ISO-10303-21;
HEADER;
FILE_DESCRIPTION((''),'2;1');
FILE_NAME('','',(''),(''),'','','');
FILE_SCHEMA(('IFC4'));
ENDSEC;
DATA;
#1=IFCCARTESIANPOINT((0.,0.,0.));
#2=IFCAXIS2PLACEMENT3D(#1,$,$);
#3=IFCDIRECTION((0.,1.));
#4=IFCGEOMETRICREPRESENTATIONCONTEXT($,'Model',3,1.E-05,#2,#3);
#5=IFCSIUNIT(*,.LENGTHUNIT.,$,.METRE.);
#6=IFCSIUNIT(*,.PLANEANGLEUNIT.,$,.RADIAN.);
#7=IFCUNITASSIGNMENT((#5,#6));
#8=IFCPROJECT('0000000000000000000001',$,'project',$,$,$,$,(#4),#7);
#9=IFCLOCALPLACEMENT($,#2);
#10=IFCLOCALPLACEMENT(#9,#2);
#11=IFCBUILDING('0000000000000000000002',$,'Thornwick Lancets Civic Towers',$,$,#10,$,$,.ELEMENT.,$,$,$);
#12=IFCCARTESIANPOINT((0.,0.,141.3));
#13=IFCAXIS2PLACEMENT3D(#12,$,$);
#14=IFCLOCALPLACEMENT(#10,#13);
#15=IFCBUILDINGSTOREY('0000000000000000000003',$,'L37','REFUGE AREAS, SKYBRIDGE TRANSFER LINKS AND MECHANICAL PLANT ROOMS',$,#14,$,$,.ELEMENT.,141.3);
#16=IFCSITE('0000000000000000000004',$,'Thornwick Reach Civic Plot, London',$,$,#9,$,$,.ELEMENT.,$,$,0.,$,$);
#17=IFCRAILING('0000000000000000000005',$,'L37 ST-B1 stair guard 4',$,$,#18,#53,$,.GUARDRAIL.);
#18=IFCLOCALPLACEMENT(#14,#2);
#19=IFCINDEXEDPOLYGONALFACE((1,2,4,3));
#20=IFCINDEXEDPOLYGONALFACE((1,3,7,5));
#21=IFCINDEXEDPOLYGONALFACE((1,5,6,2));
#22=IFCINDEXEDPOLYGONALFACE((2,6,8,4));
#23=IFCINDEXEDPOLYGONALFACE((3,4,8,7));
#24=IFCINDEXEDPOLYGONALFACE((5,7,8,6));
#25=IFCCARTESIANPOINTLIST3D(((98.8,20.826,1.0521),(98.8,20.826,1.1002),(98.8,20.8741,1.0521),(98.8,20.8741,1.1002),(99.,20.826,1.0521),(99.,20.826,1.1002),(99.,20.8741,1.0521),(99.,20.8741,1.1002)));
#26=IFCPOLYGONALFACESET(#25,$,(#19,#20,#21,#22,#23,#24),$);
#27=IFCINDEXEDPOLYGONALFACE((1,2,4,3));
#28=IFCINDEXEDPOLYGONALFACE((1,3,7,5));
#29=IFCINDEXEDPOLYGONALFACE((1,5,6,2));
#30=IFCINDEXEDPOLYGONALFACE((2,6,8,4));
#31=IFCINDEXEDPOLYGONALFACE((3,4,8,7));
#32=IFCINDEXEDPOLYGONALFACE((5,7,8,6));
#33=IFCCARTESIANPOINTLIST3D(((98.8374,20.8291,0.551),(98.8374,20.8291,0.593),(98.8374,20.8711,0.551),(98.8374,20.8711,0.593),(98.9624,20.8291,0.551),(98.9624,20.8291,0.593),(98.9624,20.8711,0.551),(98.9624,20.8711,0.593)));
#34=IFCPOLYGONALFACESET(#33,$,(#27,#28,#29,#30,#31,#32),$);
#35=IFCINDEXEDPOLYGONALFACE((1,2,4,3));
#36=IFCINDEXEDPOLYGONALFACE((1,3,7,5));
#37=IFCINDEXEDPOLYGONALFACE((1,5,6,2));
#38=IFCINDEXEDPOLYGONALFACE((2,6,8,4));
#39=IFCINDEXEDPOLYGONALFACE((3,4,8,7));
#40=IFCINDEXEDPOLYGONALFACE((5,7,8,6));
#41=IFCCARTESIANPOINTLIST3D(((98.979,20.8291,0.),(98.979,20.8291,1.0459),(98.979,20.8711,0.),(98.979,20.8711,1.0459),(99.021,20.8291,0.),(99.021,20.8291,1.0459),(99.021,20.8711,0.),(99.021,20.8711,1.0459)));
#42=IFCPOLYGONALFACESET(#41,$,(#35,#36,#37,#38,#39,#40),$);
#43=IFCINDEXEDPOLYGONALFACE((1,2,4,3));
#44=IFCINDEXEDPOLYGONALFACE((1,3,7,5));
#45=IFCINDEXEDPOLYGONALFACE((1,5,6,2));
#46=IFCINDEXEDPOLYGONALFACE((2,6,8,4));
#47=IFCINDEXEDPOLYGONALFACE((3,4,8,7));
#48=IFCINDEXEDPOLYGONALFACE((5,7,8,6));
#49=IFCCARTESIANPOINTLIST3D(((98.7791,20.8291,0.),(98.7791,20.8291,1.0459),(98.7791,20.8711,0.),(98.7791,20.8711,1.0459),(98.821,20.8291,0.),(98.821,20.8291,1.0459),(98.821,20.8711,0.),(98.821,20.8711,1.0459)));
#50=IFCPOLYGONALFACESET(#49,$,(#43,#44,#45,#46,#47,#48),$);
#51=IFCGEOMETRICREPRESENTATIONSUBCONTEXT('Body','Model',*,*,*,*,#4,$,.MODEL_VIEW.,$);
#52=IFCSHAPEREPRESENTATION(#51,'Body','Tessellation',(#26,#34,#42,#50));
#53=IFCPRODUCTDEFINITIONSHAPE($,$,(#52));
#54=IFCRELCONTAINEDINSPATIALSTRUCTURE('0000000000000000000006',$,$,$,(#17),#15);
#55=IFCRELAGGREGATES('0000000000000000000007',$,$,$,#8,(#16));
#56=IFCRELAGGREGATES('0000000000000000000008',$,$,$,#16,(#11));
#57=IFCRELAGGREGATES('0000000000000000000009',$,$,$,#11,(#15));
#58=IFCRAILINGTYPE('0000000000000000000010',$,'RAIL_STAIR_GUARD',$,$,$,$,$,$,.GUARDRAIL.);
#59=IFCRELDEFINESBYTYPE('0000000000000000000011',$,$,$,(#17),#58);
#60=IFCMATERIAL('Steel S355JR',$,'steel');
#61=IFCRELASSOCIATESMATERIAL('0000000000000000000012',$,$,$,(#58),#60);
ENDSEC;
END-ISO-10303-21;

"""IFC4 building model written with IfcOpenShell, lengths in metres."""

from ifc_helpers import new_model, si_unit, direction, frame, origin, origin_2d, place, context, subcontext, project, spatial, rectangle, extrude, material, type_object, element, save


model = new_model("IFC4")

# Units and contexts
model_context = context("Model", 3, precision=1e-05, world=origin(), true_north=direction((0.0, 1.0)))
body_context = subcontext(model_context, "Body", "Model", "MODEL_VIEW")
ifc_project = project(units=[si_unit("LENGTHUNIT", "METRE"), si_unit("PLANEANGLEUNIT", "RADIAN")], contexts=[model_context])

# Site, building, storey
site_placement = place(None, origin())
site = spatial("IfcSite", under=ifc_project, at=site_placement, Name="Thornwick Reach Civic Plot, London", CompositionType="ELEMENT", RefElevation=0.0)
building_placement = place(site_placement, origin())
building = spatial("IfcBuilding", under=site, at=building_placement, Name="Thornwick Lancets Civic Towers", CompositionType="ELEMENT")
storey_placement = place(building_placement, frame((0.0, 0.0, 141.3)))
storey = spatial("IfcBuildingStorey", under=building, at=storey_placement, Name="L37", Description="REFUGE AREAS, SKYBRIDGE TRANSFER LINKS AND MECHANICAL PLANT ROOMS", CompositionType="ELEMENT", Elevation=141.3)

# Shared definitions
ifc_material_1 = material(Name="Steel S355JR", Category="steel")

# Railing
railing_type_1 = type_object("IfcRailingType", Name="RAIL_STAIR_GUARD", PredefinedType="GUARDRAIL", material=ifc_material_1)
railing_1_placement = place(storey_placement, frame((99.0, 20.8501, 0.0)))
element("IfcRailing", 1, at=railing_1_placement, inside=storey, type_object=railing_type_1, Name="L37 ST-B1 stair guard 4", PredefinedType="GUARDRAIL", context=body_context, shape_type="SweptSolid", body=[
    extrude(rectangle(XDim=0.0481, YDim=0.0481, at=origin_2d()), frame((0.0, 0.0, 1.0762), z_axis=(-1.0, 0.0, 0.0), x_axis=(0.0, -1.0, 0.0)), (0.0, 0.0, 1.0), 0.2),
    extrude(rectangle(XDim=0.042, YDim=0.042, at=origin_2d()), frame((-0.0376, 0.0, 0.572), z_axis=(-1.0, 0.0, 0.0), x_axis=(0.0, -1.0, 0.0)), (0.0, 0.0, 1.0), 0.125),
    extrude(rectangle(XDim=0.042, YDim=0.042, at=origin_2d()), origin(), (0.0, 0.0, 1.0), 1.0459),
    extrude(rectangle(XDim=0.042, YDim=0.042, at=origin_2d()), frame((-0.2, 0.0, 0.0)), (0.0, 0.0, 1.0), 1.0459),
])

save(model, "model.ifc")
